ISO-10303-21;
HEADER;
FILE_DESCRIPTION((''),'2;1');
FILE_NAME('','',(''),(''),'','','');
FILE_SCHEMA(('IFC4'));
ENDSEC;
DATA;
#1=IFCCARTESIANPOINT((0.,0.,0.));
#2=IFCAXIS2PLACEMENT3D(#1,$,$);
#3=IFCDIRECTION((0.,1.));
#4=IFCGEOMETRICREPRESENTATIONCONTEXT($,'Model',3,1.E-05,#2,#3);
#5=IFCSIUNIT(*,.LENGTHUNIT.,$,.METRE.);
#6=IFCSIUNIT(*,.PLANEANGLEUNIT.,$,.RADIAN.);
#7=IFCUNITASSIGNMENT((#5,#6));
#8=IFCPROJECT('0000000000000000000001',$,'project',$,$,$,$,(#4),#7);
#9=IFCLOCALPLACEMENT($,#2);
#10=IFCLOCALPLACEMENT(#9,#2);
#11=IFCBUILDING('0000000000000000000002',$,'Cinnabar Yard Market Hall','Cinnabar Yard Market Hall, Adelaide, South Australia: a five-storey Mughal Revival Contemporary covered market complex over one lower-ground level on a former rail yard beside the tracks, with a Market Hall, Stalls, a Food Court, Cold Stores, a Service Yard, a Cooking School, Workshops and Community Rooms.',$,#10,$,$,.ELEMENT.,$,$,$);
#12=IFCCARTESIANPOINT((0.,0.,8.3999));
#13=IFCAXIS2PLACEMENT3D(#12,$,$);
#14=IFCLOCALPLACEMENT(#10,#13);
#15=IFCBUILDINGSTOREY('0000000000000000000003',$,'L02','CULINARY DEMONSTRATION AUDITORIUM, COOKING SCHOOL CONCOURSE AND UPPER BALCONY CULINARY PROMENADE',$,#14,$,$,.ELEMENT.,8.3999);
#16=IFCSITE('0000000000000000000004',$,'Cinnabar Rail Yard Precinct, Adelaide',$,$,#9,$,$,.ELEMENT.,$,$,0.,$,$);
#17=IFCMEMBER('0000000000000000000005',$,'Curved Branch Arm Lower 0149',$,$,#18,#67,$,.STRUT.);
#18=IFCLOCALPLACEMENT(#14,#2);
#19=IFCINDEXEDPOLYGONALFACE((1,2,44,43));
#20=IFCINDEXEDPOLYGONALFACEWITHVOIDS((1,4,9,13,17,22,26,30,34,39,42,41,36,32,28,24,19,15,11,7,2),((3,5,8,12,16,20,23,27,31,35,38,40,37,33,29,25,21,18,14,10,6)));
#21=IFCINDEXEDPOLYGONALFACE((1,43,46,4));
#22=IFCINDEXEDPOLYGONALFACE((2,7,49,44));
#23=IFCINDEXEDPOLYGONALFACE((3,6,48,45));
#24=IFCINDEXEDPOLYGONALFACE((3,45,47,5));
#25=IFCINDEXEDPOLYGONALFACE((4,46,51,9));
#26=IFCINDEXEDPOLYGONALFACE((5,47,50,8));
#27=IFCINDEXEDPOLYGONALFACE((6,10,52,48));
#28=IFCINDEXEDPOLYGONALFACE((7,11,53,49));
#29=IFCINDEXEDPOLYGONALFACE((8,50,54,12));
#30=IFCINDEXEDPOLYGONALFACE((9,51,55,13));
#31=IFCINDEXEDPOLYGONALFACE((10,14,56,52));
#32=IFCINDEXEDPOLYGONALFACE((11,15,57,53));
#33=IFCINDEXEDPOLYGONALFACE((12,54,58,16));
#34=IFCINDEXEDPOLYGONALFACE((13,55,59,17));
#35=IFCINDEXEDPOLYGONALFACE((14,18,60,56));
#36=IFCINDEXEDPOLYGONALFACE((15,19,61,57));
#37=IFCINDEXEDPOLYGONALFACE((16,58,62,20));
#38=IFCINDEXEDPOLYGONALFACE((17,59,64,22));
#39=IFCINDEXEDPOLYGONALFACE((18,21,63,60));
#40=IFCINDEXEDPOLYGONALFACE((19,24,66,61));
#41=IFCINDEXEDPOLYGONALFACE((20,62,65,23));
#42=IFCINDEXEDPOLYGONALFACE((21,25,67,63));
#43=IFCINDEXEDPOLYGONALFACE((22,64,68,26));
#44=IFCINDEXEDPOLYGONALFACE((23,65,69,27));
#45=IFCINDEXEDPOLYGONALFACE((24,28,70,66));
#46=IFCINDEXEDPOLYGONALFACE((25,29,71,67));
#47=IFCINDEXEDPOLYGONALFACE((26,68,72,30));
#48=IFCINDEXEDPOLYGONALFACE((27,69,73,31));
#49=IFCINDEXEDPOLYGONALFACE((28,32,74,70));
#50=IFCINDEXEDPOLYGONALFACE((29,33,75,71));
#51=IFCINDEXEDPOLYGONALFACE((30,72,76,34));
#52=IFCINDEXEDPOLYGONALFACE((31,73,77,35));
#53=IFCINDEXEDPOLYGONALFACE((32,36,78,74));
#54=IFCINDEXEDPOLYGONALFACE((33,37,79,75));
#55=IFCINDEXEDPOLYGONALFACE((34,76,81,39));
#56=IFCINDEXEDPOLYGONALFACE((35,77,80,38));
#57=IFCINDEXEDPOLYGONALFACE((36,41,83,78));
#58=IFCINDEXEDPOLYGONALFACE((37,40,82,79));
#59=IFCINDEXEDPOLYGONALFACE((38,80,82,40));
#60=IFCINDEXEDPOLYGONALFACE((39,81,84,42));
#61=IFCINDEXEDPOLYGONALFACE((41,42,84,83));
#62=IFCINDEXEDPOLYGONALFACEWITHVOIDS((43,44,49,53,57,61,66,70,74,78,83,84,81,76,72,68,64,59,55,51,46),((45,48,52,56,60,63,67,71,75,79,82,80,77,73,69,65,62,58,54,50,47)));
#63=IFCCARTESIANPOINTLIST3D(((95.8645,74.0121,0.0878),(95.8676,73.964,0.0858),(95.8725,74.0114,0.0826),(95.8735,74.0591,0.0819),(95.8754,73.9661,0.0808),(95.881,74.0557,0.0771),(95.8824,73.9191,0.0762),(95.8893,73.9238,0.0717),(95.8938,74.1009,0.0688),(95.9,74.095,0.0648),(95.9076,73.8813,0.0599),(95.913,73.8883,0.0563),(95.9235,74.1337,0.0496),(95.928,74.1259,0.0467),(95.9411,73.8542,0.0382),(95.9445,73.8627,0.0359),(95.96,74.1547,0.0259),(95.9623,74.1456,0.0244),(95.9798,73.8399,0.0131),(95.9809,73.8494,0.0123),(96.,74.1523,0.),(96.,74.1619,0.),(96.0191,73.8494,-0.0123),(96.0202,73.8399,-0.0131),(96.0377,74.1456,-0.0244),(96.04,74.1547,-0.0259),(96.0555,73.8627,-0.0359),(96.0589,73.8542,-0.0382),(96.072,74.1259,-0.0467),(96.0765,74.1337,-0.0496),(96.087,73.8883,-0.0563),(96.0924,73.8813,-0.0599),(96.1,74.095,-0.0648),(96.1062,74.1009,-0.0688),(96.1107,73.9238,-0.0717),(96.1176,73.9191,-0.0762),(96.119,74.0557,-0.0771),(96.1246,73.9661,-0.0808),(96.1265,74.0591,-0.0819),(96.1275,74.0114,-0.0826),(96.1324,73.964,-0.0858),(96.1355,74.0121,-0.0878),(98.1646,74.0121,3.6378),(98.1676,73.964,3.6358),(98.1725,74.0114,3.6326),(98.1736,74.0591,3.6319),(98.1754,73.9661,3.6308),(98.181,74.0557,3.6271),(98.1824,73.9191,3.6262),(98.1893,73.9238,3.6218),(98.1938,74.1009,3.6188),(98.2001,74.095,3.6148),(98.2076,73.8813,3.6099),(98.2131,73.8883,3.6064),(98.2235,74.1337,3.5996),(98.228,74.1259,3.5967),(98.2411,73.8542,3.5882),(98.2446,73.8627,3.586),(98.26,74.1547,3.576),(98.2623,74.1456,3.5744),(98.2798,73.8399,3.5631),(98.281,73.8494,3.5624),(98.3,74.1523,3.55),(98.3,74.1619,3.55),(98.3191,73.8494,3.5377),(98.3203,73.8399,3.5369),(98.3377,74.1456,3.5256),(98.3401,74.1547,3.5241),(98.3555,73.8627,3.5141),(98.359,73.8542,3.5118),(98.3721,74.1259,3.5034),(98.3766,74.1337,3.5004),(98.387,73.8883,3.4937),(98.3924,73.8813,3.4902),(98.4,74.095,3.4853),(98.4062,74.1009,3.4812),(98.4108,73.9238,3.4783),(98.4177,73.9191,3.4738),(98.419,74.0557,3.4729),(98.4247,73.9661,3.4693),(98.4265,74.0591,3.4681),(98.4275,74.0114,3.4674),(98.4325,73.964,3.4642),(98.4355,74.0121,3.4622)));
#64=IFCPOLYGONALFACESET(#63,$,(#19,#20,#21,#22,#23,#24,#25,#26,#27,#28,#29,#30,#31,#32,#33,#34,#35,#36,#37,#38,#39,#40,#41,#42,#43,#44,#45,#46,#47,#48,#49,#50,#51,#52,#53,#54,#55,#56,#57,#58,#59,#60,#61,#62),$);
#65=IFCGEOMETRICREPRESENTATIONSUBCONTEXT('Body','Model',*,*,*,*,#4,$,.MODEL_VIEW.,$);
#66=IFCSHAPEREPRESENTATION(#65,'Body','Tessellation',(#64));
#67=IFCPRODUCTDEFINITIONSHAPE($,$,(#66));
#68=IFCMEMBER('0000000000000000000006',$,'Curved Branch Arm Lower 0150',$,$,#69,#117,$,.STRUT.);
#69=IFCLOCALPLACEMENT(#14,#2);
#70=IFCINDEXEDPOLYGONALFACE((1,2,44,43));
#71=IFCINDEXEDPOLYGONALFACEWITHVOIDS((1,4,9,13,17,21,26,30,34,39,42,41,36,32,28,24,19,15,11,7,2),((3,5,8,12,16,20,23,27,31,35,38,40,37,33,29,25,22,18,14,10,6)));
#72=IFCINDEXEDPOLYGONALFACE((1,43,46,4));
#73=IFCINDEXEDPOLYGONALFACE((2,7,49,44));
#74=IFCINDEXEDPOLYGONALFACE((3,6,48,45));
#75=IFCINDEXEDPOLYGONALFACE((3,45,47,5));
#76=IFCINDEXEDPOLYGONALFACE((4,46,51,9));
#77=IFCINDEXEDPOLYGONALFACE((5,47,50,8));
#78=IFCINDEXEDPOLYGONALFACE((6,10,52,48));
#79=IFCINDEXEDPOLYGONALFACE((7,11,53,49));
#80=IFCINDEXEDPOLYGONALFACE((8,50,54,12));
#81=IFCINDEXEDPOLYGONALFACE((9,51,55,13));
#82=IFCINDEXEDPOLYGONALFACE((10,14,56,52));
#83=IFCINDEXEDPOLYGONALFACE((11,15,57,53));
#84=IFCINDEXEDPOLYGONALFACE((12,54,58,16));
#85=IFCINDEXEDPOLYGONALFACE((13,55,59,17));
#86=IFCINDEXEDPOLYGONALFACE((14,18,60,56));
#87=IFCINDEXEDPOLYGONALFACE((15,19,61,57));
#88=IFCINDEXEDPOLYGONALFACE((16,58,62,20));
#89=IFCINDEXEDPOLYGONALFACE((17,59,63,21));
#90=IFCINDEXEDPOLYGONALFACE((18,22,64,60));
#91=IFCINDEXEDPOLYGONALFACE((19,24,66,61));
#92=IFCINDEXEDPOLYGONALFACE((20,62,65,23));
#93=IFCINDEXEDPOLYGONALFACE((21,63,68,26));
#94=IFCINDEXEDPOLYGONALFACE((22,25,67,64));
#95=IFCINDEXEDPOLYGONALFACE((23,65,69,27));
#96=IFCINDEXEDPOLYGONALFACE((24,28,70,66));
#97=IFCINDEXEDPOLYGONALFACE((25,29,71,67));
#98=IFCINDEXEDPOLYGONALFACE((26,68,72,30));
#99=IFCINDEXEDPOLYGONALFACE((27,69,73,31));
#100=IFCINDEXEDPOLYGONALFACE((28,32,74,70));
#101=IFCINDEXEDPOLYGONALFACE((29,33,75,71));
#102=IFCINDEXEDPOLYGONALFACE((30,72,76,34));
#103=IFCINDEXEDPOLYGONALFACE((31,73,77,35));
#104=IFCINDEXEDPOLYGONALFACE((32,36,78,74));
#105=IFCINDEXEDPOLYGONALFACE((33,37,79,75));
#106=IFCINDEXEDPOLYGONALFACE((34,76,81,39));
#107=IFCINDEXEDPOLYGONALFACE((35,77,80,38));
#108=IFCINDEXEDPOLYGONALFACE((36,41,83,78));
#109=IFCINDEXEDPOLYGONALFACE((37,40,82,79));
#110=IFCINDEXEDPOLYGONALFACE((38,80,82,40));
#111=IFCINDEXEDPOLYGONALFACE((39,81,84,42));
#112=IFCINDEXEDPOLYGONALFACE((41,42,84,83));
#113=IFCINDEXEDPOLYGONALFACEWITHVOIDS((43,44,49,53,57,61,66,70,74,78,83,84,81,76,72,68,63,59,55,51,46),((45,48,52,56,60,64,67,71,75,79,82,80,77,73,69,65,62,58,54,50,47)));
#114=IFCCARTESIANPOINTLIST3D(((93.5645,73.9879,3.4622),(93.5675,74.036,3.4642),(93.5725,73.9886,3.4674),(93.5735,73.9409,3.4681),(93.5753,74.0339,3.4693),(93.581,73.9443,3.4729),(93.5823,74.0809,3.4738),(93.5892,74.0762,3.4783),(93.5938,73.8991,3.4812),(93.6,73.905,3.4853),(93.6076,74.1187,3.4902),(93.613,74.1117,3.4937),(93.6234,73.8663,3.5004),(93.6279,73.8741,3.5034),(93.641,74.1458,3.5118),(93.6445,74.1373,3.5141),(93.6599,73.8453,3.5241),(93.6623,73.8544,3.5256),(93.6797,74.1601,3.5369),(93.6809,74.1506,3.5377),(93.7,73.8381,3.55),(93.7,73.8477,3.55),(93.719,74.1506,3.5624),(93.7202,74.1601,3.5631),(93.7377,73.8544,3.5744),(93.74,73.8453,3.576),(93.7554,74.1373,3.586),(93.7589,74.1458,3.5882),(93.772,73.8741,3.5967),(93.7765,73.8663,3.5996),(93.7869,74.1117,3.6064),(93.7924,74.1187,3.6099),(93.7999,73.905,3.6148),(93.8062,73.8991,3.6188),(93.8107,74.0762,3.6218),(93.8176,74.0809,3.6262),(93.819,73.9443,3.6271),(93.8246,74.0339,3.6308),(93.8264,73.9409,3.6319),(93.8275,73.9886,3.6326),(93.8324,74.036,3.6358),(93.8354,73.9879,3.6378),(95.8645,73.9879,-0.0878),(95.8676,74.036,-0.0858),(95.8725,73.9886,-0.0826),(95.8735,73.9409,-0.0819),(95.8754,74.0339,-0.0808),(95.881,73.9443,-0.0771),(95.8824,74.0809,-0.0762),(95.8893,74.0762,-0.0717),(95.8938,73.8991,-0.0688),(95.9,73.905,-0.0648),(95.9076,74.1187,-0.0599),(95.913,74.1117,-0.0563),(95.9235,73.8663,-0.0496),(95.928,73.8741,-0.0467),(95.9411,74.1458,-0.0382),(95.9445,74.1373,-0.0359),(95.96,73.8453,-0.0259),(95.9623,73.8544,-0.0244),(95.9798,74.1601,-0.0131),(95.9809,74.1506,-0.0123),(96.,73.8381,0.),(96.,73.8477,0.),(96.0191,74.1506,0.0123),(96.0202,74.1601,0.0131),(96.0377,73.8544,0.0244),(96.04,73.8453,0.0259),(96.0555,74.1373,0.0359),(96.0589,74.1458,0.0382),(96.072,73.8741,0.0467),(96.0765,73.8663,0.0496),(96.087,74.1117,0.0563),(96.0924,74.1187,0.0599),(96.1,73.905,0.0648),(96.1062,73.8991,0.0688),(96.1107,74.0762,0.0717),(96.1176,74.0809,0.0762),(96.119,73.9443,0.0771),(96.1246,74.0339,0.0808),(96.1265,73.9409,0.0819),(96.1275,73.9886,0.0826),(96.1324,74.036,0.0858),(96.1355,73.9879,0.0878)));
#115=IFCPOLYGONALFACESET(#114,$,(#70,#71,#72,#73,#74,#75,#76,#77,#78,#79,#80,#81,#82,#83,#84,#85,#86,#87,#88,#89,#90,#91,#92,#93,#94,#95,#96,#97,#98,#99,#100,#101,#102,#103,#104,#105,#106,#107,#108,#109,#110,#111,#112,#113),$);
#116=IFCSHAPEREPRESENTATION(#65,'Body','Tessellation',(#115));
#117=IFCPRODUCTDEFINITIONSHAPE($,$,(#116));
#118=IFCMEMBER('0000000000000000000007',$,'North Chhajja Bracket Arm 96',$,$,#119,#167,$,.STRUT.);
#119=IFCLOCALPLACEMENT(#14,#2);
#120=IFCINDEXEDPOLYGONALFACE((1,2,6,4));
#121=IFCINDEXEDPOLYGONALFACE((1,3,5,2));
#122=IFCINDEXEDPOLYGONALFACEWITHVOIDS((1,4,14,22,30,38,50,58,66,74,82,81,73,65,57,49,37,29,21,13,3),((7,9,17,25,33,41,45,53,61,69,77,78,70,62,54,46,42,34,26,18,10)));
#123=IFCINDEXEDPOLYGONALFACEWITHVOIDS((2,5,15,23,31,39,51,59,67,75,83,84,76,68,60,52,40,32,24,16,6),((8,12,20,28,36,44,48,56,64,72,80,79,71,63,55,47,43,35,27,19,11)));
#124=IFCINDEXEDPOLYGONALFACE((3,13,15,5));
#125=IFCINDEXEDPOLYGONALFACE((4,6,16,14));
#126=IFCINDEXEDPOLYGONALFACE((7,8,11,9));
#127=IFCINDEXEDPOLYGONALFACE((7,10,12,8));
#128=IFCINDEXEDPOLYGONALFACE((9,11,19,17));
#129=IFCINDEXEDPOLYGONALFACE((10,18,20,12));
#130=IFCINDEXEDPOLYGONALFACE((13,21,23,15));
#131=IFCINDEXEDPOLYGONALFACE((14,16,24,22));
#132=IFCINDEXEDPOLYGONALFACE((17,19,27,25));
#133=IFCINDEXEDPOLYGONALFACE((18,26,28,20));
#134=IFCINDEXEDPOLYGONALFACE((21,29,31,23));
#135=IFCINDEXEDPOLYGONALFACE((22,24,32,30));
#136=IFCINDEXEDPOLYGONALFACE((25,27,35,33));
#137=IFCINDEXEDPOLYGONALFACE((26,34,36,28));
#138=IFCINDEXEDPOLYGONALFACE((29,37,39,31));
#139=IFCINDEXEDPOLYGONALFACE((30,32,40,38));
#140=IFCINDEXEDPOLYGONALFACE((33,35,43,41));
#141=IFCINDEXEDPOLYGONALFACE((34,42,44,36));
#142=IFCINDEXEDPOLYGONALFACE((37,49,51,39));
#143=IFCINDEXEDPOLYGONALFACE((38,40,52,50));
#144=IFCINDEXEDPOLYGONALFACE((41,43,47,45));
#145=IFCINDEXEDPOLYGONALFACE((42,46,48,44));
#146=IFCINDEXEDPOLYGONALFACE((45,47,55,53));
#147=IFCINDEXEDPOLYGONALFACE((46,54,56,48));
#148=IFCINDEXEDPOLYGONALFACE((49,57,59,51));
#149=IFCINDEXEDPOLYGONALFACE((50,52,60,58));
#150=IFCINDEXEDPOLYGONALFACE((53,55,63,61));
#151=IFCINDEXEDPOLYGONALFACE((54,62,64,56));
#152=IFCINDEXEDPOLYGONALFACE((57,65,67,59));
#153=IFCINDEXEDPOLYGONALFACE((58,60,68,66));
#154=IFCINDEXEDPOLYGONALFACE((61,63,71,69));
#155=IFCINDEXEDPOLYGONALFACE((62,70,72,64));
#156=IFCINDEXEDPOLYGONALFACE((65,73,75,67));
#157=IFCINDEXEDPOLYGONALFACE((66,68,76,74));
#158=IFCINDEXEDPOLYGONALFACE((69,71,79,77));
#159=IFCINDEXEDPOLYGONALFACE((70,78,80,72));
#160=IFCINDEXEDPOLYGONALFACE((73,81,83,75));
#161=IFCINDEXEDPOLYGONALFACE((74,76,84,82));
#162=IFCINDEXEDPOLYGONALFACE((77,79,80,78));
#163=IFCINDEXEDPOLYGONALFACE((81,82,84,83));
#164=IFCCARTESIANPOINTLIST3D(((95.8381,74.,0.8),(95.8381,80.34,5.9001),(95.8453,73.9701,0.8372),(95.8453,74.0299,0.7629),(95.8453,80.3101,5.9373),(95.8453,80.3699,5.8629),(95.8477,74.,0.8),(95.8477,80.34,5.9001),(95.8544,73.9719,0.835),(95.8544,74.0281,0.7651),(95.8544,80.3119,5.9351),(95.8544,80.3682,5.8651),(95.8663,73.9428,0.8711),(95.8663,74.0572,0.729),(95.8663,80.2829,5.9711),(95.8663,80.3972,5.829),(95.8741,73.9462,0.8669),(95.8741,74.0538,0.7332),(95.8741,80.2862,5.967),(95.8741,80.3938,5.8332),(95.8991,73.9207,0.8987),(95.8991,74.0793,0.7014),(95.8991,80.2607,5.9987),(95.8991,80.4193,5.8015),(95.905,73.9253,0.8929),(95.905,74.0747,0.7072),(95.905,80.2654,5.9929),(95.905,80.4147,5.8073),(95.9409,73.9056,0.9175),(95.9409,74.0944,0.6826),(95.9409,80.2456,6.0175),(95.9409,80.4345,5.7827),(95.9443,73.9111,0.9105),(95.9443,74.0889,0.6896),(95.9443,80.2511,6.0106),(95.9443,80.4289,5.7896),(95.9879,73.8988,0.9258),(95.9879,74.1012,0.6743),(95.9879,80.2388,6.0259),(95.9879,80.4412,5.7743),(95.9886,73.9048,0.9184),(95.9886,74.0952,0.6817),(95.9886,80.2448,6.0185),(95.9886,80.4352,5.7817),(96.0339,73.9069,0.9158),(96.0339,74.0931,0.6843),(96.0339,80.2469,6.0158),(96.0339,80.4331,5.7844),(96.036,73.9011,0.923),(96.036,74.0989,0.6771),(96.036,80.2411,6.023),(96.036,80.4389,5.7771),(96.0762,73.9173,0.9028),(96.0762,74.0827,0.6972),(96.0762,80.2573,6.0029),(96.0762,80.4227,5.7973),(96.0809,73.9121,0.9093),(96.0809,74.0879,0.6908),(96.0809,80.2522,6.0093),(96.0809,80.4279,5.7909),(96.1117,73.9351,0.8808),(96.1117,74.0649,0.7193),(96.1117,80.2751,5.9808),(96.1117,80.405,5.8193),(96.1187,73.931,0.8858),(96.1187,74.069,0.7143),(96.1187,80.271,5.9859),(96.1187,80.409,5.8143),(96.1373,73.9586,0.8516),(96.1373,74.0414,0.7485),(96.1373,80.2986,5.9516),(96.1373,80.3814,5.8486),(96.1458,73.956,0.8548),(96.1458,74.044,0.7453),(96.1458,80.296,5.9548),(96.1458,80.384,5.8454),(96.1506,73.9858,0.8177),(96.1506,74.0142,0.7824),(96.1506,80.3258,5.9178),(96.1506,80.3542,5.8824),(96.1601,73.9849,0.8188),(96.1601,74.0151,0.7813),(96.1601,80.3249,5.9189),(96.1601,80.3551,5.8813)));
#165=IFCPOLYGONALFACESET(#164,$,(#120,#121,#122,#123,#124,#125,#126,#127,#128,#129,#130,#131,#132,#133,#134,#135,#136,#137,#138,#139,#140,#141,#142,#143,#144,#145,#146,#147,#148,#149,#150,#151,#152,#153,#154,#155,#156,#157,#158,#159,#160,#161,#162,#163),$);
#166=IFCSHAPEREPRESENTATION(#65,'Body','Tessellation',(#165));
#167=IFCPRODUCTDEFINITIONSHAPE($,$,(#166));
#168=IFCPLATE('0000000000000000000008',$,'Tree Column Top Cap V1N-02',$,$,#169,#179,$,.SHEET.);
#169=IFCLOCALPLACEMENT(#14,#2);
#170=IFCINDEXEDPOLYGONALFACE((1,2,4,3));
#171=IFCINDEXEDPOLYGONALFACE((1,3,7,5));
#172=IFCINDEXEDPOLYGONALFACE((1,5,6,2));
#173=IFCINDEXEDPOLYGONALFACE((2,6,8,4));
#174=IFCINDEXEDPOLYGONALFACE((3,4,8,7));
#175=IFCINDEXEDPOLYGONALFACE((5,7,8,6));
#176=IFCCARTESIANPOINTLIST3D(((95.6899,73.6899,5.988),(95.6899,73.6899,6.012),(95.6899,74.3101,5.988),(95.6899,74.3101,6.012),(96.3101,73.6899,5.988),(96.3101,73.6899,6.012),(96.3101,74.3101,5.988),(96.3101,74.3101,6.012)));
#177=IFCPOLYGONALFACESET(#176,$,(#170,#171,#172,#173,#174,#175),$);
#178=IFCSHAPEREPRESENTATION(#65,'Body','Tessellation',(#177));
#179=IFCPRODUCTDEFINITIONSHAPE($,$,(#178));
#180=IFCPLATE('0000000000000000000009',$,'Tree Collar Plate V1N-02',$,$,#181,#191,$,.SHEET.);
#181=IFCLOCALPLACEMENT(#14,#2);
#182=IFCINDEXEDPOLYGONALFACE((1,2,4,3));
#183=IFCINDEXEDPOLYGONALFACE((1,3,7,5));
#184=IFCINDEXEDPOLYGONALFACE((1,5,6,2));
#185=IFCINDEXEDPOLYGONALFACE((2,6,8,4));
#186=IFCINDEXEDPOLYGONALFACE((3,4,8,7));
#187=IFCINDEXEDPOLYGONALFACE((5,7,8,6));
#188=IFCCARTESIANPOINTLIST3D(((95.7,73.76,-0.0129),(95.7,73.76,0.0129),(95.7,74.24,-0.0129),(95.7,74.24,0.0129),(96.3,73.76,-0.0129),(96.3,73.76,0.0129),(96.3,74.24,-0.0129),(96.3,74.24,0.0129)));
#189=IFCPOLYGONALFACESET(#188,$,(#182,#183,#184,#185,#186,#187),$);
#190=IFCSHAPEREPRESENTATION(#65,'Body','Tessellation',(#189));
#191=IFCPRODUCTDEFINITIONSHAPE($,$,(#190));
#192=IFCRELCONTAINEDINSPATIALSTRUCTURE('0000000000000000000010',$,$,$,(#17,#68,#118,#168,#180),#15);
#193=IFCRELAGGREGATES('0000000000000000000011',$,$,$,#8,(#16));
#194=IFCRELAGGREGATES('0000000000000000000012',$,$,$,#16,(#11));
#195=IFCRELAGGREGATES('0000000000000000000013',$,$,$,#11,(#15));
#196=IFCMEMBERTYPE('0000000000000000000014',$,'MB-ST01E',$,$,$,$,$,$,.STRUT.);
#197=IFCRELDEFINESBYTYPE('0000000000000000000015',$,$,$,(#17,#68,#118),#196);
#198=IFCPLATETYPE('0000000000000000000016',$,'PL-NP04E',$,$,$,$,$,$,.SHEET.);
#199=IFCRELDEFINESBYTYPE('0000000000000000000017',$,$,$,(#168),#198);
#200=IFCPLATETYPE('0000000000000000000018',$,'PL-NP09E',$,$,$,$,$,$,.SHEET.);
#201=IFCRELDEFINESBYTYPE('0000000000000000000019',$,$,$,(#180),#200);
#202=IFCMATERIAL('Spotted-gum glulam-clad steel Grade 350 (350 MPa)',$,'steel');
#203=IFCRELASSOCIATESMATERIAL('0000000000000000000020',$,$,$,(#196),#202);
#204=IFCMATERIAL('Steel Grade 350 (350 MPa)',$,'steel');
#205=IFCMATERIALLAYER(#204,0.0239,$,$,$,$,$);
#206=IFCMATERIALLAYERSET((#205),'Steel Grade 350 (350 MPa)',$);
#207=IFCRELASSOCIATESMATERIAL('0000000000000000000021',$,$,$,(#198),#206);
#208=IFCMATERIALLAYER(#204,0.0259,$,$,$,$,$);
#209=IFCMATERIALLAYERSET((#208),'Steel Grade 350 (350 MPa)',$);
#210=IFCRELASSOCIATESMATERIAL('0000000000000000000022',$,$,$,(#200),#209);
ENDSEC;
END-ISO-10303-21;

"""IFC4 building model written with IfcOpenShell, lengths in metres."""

from ifc_helpers import new_model, si_unit, direction, frame, origin, origin_2d_with_axis, place, context, subcontext, project, spatial, rectangle, hollow_circle, extrude, material, layer, layer_set, material_profile, profile_set, type_object, element, save


model = new_model("IFC4")

# Units and contexts
model_context = context("Model", 3, precision=1e-05, world=origin(), true_north=direction((0.0, 1.0)))
body_context = subcontext(model_context, "Body", "Model", "MODEL_VIEW")
ifc_project = project(units=[si_unit("LENGTHUNIT", "METRE"), si_unit("PLANEANGLEUNIT", "RADIAN")], contexts=[model_context])

# Site, building, storey
site_placement = place(None, origin())
site = spatial("IfcSite", under=ifc_project, at=site_placement, Name="Cinnabar Rail Yard Precinct, Adelaide", CompositionType="ELEMENT", RefElevation=0.0)
building_placement = place(site_placement, origin())
building = spatial("IfcBuilding", under=site, at=building_placement, Name="Cinnabar Yard Market Hall", Description="Cinnabar Yard Market Hall, Adelaide, South Australia: a five-storey Mughal Revival Contemporary covered market complex over one lower-ground level on a former rail yard beside the tracks, with a Market Hall, Stalls, a Food Court, Cold Stores, a Service Yard, a Cooking School, Workshops and Community Rooms.", CompositionType="ELEMENT")
storey_placement = place(building_placement, frame((0.0, 0.0, 8.3999)))
storey = spatial("IfcBuildingStorey", under=building, at=storey_placement, Name="L02", Description="CULINARY DEMONSTRATION AUDITORIUM, COOKING SCHOOL CONCOURSE AND UPPER BALCONY CULINARY PROMENADE", CompositionType="ELEMENT", Elevation=8.3999)

# Shared definitions
ifc_material_1 = material(Name="Steel Grade 350 (350 MPa)", Category="steel")

# Members
ifc_material_2 = material(Name="Spotted-gum glulam-clad steel Grade 350 (350 MPa)", Category="steel")
ifc_material_profile_1 = material_profile(ifc_material_2, hollow_circle(Radius=0.1619, WallThickness=0.0095, at=origin_2d_with_axis()), Name="323.9x9.5CHS")
ifc_profile_set_1 = profile_set([ifc_material_profile_1], Name="Spotted-gum glulam-clad steel Grade 350 (350 MPa)")
member_type = type_object("IfcMemberType", Name="MB-ST01E", PredefinedType="STRUT", material=ifc_profile_set_1)
for number, where, z_axis, x_axis, name in (
    (1, (96.0, 74.0, 0.0), (0.543744, 0.0, 0.839251), (0.0, 1.0, 0.0), "Curved Branch Arm Lower 0149"),
    (2, (96.0, 74.0, 0.0), (-0.543744, 0.0, 0.839251), (0.0, -1.0, 0.0), "Curved Branch Arm Lower 0150"),
):
    element("IfcMember", number, at=place(storey_placement, frame(where, z_axis=z_axis, x_axis=x_axis)), inside=storey, type_object=member_type, Name=name, PredefinedType="STRUT", context=body_context, shape_type="SweptSolid", body=[
        extrude(hollow_circle(Radius=0.1619, WallThickness=0.0095, at=origin_2d_with_axis()), origin(), (0.0, 0.0, 1.0), 4.23),
    ])
member_placement = place(storey_placement, frame((96.0, 74.0, 0.8), z_axis=(0.0, 0.779186, 0.626793), x_axis=(-1.0, 0.0, 0.0)))
element("IfcMember", 3, at=member_placement, inside=storey, type_object=member_type, Name="North Chhajja Bracket Arm 96", PredefinedType="STRUT", context=body_context, shape_type="SweptSolid", body=[
    extrude(hollow_circle(Radius=0.1619, WallThickness=0.0095, at=origin_2d_with_axis()), origin(), (0.0, 0.0, 1.0), 8.1367),
])

# Plates
ifc_layer_1 = layer(ifc_material_1, 0.0239)
ifc_layer_set_1 = layer_set([ifc_layer_1], Name="Steel Grade 350 (350 MPa)")
plate_type_1 = type_object("IfcPlateType", Name="PL-NP04E", PredefinedType="SHEET", material=ifc_layer_set_1)
plate_1_placement = place(storey_placement, frame((96.0, 74.0, 5.988), z_axis=(0.0, 0.0, 1.0), x_axis=(1.0, 0.0, 0.0)))
element("IfcPlate", 4, at=plate_1_placement, inside=storey, type_object=plate_type_1, Name="Tree Column Top Cap V1N-02", PredefinedType="SHEET", context=body_context, shape_type="SweptSolid", body=[
    extrude(rectangle(XDim=0.6201, YDim=0.6201, at=origin_2d_with_axis()), origin(), (0.0, 0.0, 1.0), 0.0239),
])
ifc_layer_2 = layer(ifc_material_1, 0.0259)
ifc_layer_set_2 = layer_set([ifc_layer_2], Name="Steel Grade 350 (350 MPa)")
plate_type_2 = type_object("IfcPlateType", Name="PL-NP09E", PredefinedType="SHEET", material=ifc_layer_set_2)
plate_2_placement = place(storey_placement, frame((96.0, 74.0, -0.0129), z_axis=(0.0, 0.0, 1.0), x_axis=(1.0, 0.0, 0.0)))
element("IfcPlate", 5, at=plate_2_placement, inside=storey, type_object=plate_type_2, Name="Tree Collar Plate V1N-02", PredefinedType="SHEET", context=body_context, shape_type="SweptSolid", body=[
    extrude(rectangle(XDim=0.6001, YDim=0.48, at=origin_2d_with_axis()), origin(), (0.0, 0.0, 1.0), 0.0259),
])

save(model, "model.ifc")
